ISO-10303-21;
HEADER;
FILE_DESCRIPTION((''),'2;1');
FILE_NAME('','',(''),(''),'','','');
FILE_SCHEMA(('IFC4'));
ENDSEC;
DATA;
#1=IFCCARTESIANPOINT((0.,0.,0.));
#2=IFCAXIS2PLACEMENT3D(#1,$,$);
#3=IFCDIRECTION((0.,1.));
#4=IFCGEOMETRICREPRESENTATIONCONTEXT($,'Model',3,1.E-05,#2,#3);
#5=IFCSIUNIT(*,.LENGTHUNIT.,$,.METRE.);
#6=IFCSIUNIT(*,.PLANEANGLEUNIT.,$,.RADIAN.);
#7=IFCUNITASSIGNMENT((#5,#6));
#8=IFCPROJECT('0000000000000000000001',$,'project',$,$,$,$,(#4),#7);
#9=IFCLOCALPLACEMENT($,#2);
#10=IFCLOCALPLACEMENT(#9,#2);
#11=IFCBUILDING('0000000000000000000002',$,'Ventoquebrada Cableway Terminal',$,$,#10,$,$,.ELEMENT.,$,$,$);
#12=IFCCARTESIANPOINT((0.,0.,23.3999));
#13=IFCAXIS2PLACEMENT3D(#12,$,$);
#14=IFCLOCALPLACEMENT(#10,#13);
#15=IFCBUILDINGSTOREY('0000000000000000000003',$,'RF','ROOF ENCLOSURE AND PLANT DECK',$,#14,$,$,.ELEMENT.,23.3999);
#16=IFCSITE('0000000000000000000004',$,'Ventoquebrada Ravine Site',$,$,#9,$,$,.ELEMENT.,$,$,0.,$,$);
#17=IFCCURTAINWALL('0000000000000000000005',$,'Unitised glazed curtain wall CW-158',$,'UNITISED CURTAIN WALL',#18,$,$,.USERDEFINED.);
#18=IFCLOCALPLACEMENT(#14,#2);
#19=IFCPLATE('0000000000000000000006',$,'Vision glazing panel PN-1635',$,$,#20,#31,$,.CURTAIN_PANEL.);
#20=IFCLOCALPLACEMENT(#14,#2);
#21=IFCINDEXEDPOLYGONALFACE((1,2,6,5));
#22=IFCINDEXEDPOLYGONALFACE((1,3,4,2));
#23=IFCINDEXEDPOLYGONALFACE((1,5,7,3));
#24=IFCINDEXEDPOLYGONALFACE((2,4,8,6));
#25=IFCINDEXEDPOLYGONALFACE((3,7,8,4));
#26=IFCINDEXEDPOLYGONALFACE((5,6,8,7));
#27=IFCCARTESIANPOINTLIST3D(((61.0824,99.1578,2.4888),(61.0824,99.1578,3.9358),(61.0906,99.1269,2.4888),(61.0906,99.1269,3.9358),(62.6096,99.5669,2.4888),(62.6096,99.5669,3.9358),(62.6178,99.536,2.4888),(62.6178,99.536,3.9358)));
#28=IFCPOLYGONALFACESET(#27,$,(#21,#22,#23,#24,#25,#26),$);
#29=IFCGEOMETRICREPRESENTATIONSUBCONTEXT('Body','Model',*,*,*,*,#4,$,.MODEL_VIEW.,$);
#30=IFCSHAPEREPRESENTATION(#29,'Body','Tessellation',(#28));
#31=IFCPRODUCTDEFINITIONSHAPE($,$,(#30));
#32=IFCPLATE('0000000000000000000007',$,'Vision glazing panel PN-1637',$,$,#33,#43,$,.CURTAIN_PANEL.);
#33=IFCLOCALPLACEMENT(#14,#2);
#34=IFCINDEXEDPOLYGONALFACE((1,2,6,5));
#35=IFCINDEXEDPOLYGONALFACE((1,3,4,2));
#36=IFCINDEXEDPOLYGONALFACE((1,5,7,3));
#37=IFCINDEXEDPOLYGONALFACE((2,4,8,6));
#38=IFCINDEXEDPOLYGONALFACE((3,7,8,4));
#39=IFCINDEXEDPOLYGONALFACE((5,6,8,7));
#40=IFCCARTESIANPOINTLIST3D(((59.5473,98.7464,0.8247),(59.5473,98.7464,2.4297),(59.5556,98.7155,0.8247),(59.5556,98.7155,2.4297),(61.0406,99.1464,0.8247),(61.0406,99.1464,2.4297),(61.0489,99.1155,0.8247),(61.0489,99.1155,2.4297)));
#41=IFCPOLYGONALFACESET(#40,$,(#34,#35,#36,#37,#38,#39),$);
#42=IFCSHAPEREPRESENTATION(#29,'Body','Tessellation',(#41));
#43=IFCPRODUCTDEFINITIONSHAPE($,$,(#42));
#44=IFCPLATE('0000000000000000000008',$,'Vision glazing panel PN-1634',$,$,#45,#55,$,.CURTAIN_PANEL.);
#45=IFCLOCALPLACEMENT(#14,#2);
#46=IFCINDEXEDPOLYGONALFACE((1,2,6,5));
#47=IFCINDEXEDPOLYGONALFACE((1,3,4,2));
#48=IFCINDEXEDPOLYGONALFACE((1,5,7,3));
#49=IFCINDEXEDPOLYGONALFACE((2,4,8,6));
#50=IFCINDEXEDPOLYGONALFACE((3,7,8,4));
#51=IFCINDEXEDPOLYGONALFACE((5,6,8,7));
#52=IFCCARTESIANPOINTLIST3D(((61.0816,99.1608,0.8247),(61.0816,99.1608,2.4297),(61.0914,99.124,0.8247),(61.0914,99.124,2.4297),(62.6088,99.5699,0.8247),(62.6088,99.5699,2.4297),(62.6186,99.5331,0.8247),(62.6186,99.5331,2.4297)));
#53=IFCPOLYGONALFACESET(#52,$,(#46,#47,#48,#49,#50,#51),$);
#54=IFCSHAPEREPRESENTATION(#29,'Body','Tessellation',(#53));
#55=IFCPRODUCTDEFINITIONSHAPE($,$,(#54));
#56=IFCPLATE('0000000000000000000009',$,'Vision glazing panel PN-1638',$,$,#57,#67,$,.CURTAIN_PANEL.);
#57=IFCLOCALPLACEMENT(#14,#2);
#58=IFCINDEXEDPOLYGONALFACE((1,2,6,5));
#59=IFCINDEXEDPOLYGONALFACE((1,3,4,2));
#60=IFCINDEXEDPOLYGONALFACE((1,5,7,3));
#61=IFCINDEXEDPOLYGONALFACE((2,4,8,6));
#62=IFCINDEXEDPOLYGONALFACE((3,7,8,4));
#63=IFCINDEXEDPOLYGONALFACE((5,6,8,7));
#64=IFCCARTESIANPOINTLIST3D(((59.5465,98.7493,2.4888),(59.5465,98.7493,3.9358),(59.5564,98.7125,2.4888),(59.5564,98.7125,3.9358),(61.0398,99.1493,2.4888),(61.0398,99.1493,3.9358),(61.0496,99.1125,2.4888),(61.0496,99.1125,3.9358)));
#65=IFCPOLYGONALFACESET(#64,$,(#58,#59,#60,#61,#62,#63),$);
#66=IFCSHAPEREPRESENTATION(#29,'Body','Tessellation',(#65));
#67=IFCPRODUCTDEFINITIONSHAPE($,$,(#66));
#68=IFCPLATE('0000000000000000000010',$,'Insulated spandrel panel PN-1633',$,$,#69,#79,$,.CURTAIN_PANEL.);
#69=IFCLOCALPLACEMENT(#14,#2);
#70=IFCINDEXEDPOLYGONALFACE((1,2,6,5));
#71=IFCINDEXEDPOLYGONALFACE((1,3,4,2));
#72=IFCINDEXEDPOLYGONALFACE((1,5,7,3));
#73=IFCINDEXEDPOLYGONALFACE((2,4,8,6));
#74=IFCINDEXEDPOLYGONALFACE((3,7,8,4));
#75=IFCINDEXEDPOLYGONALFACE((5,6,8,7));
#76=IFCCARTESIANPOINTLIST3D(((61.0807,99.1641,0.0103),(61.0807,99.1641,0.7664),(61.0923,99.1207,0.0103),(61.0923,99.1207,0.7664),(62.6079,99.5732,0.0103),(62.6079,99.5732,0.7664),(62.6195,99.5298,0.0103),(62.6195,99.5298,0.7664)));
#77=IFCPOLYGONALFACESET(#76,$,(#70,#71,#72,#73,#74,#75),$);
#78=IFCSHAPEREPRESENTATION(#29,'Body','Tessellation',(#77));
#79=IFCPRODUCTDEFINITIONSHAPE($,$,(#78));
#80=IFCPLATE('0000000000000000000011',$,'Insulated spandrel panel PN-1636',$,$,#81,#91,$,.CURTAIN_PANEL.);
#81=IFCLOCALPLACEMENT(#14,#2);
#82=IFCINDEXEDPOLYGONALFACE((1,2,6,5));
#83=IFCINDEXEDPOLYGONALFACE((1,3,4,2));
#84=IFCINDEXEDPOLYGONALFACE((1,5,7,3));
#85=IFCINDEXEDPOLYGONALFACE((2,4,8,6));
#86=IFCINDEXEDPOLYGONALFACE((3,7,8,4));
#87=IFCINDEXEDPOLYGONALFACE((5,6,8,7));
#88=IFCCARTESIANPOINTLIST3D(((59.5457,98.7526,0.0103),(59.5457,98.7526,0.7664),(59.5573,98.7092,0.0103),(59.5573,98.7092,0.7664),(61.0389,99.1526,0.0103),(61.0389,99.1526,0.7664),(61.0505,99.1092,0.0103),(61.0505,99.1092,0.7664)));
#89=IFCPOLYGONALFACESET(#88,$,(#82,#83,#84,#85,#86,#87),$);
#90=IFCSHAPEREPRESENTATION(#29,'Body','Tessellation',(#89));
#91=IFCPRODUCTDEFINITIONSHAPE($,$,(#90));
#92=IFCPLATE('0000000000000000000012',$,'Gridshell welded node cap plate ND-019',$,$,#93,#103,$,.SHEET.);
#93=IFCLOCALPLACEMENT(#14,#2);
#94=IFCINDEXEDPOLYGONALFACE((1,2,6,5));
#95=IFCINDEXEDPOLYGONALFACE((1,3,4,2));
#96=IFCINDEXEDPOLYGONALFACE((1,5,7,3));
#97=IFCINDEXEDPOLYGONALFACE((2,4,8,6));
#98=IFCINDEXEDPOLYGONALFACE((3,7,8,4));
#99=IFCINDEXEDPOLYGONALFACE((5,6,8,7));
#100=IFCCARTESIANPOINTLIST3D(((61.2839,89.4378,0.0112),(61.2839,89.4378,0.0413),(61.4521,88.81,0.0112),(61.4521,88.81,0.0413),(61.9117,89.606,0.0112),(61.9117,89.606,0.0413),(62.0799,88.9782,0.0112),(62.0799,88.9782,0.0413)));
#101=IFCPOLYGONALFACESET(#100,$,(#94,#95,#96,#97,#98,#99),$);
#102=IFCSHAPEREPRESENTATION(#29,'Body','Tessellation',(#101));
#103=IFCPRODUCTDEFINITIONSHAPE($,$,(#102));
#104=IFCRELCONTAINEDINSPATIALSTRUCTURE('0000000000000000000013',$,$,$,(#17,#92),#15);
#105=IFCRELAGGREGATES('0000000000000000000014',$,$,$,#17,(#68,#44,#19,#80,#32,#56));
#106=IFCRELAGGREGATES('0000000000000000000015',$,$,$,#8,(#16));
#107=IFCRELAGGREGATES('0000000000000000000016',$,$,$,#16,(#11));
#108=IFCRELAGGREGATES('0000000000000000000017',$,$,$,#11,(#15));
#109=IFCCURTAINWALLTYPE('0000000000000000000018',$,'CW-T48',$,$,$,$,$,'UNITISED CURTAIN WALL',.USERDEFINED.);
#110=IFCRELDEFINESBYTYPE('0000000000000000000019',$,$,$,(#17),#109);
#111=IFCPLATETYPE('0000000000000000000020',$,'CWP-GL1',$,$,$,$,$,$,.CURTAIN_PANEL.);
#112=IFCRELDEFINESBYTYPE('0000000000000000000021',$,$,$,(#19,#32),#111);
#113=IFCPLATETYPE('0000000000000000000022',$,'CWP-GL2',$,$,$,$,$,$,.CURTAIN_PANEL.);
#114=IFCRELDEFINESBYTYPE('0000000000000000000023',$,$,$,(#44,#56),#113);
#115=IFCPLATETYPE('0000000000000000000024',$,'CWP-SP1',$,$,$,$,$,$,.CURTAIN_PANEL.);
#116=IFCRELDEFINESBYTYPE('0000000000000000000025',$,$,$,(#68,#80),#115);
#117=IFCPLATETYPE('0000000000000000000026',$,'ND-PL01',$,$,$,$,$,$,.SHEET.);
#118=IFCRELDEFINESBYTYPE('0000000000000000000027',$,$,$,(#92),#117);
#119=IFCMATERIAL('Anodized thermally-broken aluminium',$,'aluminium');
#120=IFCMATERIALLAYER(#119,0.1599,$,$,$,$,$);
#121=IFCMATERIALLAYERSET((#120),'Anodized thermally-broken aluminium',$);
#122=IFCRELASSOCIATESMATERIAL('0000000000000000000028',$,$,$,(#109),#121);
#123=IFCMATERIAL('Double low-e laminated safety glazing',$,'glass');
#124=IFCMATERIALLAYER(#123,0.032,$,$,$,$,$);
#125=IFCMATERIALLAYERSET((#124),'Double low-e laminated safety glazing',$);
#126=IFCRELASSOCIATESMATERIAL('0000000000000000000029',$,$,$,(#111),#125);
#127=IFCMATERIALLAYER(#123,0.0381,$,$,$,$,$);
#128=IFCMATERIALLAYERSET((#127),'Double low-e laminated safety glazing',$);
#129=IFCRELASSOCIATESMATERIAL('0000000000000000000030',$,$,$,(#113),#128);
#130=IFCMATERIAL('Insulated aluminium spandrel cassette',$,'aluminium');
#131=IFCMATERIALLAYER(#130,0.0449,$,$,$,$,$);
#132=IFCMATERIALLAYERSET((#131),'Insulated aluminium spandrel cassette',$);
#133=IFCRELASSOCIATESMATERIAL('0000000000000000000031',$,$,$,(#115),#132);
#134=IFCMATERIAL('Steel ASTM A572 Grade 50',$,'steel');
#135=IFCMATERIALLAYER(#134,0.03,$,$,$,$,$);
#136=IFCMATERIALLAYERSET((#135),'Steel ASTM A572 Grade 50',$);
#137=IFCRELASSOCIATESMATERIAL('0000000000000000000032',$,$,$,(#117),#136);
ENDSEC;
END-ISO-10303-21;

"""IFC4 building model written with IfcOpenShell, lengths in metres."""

from ifc_helpers import new_model, si_unit, direction, frame, origin, origin_2d, place, context, subcontext, project, spatial, rectangle, extrude, material, layer, layer_set, type_object, element, aggregate, save


model = new_model("IFC4")

# Units and contexts
model_context = context("Model", 3, precision=1e-05, world=origin(), true_north=direction((0.0, 1.0)))
body_context = subcontext(model_context, "Body", "Model", "MODEL_VIEW")
ifc_project = project(units=[si_unit("LENGTHUNIT", "METRE"), si_unit("PLANEANGLEUNIT", "RADIAN")], contexts=[model_context])

# Site, building, storey
site_placement = place(None, origin())
site = spatial("IfcSite", under=ifc_project, at=site_placement, Name="Ventoquebrada Ravine Site", CompositionType="ELEMENT", RefElevation=0.0)
building_placement = place(site_placement, origin())
building = spatial("IfcBuilding", under=site, at=building_placement, Name="Ventoquebrada Cableway Terminal", CompositionType="ELEMENT")
storey_placement = place(building_placement, frame((0.0, 0.0, 23.3999)))
storey = spatial("IfcBuildingStorey", under=building, at=storey_placement, Name="RF", Description="ROOF ENCLOSURE AND PLANT DECK", CompositionType="ELEMENT", Elevation=23.3999)

# Curtain wall
ifc_material_1 = material(Name="Anodized thermally-broken aluminium", Category="aluminium")
ifc_layer_1 = layer(ifc_material_1, 0.1599)
ifc_layer_set_1 = layer_set([ifc_layer_1], Name="Anodized thermally-broken aluminium")
curtain_wall_type = type_object("IfcCurtainWallType", Name="CW-T48", ElementType="UNITISED CURTAIN WALL", PredefinedType="USERDEFINED", material=ifc_layer_set_1)
curtain_wall_placement = place(storey_placement, origin())
curtain_wall = element("IfcCurtainWall", 1, at=curtain_wall_placement, inside=storey, type_object=curtain_wall_type, Name="Unitised glazed curtain wall CW-158", ObjectType="UNITISED CURTAIN WALL", PredefinedType="USERDEFINED")

# Plates
ifc_material_2 = material(Name="Double low-e laminated safety glazing", Category="glass")
ifc_layer_2 = layer(ifc_material_2, 0.032)
ifc_layer_set_2 = layer_set([ifc_layer_2], Name="Double low-e laminated safety glazing")
plate_type_1 = type_object("IfcPlateType", Name="CWP-GL1", PredefinedType="CURTAIN_PANEL", material=ifc_layer_set_2)
plate_1_placement = place(storey_placement, frame((61.8501, 99.3469, 2.4888), z_axis=(0.0, 0.0, 1.0), x_axis=(-0.965944, -0.258752, 0.0)))
plate_1 = element("IfcPlate", 2, at=plate_1_placement, type_object=plate_type_1, Name="Vision glazing panel PN-1635", PredefinedType="CURTAIN_PANEL", context=body_context, shape_type="SweptSolid", body=[
    extrude(rectangle(XDim=1.5811, YDim=0.032, at=origin_2d()), origin(), (0.0, 0.0, 1.0), 1.447),
])
plate_2_placement = place(storey_placement, frame((60.2981, 98.9309, 0.8247), z_axis=(0.0, 0.0, 1.0), x_axis=(-0.965944, -0.258752, 0.0)))
plate_2 = element("IfcPlate", 3, at=plate_2_placement, type_object=plate_type_1, Name="Vision glazing panel PN-1637", PredefinedType="CURTAIN_PANEL", context=body_context, shape_type="SweptSolid", body=[
    extrude(rectangle(XDim=1.5459, YDim=0.032, at=origin_2d()), origin(), (0.0, 0.0, 1.0), 1.605),
])
ifc_layer_3 = layer(ifc_material_2, 0.0381)
ifc_layer_set_3 = layer_set([ifc_layer_3], Name="Double low-e laminated safety glazing")
plate_type_2 = type_object("IfcPlateType", Name="CWP-GL2", PredefinedType="CURTAIN_PANEL", material=ifc_layer_set_3)
plate_3_placement = place(storey_placement, frame((61.8501, 99.3469, 0.8247), z_axis=(0.0, 0.0, 1.0), x_axis=(-0.965944, -0.258752, 0.0)))
plate_3 = element("IfcPlate", 4, at=plate_3_placement, type_object=plate_type_2, Name="Vision glazing panel PN-1634", PredefinedType="CURTAIN_PANEL", context=body_context, shape_type="SweptSolid", body=[
    extrude(rectangle(XDim=1.5811, YDim=0.0381, at=origin_2d()), origin(), (0.0, 0.0, 1.0), 1.605),
])
plate_4_placement = place(storey_placement, frame((60.2981, 98.9309, 2.4888), z_axis=(0.0, 0.0, 1.0), x_axis=(-0.965944, -0.258752, 0.0)))
plate_4 = element("IfcPlate", 5, at=plate_4_placement, type_object=plate_type_2, Name="Vision glazing panel PN-1638", PredefinedType="CURTAIN_PANEL", context=body_context, shape_type="SweptSolid", body=[
    extrude(rectangle(XDim=1.5459, YDim=0.0381, at=origin_2d()), origin(), (0.0, 0.0, 1.0), 1.447),
])
ifc_material_3 = material(Name="Insulated aluminium spandrel cassette", Category="aluminium")
ifc_layer_4 = layer(ifc_material_3, 0.0449)
ifc_layer_set_4 = layer_set([ifc_layer_4], Name="Insulated aluminium spandrel cassette")
plate_type_3 = type_object("IfcPlateType", Name="CWP-SP1", PredefinedType="CURTAIN_PANEL", material=ifc_layer_set_4)
plate_5_placement = place(storey_placement, frame((61.8501, 99.3469, 0.0103), z_axis=(0.0, 0.0, 1.0), x_axis=(-0.965944, -0.258752, 0.0)))
plate_5 = element("IfcPlate", 6, at=plate_5_placement, type_object=plate_type_3, Name="Insulated spandrel panel PN-1633", PredefinedType="CURTAIN_PANEL", context=body_context, shape_type="SweptSolid", body=[
    extrude(rectangle(XDim=1.5811, YDim=0.0449, at=origin_2d()), origin(), (0.0, 0.0, 1.0), 0.7561),
])
plate_6_placement = place(storey_placement, frame((60.2981, 98.9309, 0.0103), z_axis=(0.0, 0.0, 1.0), x_axis=(-0.965944, -0.258752, 0.0)))
plate_6 = element("IfcPlate", 7, at=plate_6_placement, type_object=plate_type_3, Name="Insulated spandrel panel PN-1636", PredefinedType="CURTAIN_PANEL", context=body_context, shape_type="SweptSolid", body=[
    extrude(rectangle(XDim=1.5459, YDim=0.0449, at=origin_2d()), origin(), (0.0, 0.0, 1.0), 0.7561),
])
aggregate(curtain_wall, [plate_5, plate_3, plate_1, plate_6, plate_2, plate_4])
ifc_material_4 = material(Name="Steel ASTM A572 Grade 50", Category="steel")
ifc_layer_5 = layer(ifc_material_4, 0.03)
ifc_layer_set_5 = layer_set([ifc_layer_5], Name="Steel ASTM A572 Grade 50")
plate_type_4 = type_object("IfcPlateType", Name="ND-PL01", PredefinedType="SHEET", material=ifc_layer_set_5)
plate_7_placement = place(storey_placement, frame((61.6819, 89.208, 0.0112), z_axis=(0.0, 0.0, 1.0), x_axis=(0.965926, 0.258819, 0.0)))
element("IfcPlate", 8, at=plate_7_placement, inside=storey, type_object=plate_type_4, Name="Gridshell welded node cap plate ND-019", PredefinedType="SHEET", context=body_context, shape_type="SweptSolid", body=[
    extrude(rectangle(XDim=0.6499, YDim=0.6499, at=origin_2d()), origin(), (0.0, 0.0, 1.0), 0.03),
])

save(model, "model.ifc")
